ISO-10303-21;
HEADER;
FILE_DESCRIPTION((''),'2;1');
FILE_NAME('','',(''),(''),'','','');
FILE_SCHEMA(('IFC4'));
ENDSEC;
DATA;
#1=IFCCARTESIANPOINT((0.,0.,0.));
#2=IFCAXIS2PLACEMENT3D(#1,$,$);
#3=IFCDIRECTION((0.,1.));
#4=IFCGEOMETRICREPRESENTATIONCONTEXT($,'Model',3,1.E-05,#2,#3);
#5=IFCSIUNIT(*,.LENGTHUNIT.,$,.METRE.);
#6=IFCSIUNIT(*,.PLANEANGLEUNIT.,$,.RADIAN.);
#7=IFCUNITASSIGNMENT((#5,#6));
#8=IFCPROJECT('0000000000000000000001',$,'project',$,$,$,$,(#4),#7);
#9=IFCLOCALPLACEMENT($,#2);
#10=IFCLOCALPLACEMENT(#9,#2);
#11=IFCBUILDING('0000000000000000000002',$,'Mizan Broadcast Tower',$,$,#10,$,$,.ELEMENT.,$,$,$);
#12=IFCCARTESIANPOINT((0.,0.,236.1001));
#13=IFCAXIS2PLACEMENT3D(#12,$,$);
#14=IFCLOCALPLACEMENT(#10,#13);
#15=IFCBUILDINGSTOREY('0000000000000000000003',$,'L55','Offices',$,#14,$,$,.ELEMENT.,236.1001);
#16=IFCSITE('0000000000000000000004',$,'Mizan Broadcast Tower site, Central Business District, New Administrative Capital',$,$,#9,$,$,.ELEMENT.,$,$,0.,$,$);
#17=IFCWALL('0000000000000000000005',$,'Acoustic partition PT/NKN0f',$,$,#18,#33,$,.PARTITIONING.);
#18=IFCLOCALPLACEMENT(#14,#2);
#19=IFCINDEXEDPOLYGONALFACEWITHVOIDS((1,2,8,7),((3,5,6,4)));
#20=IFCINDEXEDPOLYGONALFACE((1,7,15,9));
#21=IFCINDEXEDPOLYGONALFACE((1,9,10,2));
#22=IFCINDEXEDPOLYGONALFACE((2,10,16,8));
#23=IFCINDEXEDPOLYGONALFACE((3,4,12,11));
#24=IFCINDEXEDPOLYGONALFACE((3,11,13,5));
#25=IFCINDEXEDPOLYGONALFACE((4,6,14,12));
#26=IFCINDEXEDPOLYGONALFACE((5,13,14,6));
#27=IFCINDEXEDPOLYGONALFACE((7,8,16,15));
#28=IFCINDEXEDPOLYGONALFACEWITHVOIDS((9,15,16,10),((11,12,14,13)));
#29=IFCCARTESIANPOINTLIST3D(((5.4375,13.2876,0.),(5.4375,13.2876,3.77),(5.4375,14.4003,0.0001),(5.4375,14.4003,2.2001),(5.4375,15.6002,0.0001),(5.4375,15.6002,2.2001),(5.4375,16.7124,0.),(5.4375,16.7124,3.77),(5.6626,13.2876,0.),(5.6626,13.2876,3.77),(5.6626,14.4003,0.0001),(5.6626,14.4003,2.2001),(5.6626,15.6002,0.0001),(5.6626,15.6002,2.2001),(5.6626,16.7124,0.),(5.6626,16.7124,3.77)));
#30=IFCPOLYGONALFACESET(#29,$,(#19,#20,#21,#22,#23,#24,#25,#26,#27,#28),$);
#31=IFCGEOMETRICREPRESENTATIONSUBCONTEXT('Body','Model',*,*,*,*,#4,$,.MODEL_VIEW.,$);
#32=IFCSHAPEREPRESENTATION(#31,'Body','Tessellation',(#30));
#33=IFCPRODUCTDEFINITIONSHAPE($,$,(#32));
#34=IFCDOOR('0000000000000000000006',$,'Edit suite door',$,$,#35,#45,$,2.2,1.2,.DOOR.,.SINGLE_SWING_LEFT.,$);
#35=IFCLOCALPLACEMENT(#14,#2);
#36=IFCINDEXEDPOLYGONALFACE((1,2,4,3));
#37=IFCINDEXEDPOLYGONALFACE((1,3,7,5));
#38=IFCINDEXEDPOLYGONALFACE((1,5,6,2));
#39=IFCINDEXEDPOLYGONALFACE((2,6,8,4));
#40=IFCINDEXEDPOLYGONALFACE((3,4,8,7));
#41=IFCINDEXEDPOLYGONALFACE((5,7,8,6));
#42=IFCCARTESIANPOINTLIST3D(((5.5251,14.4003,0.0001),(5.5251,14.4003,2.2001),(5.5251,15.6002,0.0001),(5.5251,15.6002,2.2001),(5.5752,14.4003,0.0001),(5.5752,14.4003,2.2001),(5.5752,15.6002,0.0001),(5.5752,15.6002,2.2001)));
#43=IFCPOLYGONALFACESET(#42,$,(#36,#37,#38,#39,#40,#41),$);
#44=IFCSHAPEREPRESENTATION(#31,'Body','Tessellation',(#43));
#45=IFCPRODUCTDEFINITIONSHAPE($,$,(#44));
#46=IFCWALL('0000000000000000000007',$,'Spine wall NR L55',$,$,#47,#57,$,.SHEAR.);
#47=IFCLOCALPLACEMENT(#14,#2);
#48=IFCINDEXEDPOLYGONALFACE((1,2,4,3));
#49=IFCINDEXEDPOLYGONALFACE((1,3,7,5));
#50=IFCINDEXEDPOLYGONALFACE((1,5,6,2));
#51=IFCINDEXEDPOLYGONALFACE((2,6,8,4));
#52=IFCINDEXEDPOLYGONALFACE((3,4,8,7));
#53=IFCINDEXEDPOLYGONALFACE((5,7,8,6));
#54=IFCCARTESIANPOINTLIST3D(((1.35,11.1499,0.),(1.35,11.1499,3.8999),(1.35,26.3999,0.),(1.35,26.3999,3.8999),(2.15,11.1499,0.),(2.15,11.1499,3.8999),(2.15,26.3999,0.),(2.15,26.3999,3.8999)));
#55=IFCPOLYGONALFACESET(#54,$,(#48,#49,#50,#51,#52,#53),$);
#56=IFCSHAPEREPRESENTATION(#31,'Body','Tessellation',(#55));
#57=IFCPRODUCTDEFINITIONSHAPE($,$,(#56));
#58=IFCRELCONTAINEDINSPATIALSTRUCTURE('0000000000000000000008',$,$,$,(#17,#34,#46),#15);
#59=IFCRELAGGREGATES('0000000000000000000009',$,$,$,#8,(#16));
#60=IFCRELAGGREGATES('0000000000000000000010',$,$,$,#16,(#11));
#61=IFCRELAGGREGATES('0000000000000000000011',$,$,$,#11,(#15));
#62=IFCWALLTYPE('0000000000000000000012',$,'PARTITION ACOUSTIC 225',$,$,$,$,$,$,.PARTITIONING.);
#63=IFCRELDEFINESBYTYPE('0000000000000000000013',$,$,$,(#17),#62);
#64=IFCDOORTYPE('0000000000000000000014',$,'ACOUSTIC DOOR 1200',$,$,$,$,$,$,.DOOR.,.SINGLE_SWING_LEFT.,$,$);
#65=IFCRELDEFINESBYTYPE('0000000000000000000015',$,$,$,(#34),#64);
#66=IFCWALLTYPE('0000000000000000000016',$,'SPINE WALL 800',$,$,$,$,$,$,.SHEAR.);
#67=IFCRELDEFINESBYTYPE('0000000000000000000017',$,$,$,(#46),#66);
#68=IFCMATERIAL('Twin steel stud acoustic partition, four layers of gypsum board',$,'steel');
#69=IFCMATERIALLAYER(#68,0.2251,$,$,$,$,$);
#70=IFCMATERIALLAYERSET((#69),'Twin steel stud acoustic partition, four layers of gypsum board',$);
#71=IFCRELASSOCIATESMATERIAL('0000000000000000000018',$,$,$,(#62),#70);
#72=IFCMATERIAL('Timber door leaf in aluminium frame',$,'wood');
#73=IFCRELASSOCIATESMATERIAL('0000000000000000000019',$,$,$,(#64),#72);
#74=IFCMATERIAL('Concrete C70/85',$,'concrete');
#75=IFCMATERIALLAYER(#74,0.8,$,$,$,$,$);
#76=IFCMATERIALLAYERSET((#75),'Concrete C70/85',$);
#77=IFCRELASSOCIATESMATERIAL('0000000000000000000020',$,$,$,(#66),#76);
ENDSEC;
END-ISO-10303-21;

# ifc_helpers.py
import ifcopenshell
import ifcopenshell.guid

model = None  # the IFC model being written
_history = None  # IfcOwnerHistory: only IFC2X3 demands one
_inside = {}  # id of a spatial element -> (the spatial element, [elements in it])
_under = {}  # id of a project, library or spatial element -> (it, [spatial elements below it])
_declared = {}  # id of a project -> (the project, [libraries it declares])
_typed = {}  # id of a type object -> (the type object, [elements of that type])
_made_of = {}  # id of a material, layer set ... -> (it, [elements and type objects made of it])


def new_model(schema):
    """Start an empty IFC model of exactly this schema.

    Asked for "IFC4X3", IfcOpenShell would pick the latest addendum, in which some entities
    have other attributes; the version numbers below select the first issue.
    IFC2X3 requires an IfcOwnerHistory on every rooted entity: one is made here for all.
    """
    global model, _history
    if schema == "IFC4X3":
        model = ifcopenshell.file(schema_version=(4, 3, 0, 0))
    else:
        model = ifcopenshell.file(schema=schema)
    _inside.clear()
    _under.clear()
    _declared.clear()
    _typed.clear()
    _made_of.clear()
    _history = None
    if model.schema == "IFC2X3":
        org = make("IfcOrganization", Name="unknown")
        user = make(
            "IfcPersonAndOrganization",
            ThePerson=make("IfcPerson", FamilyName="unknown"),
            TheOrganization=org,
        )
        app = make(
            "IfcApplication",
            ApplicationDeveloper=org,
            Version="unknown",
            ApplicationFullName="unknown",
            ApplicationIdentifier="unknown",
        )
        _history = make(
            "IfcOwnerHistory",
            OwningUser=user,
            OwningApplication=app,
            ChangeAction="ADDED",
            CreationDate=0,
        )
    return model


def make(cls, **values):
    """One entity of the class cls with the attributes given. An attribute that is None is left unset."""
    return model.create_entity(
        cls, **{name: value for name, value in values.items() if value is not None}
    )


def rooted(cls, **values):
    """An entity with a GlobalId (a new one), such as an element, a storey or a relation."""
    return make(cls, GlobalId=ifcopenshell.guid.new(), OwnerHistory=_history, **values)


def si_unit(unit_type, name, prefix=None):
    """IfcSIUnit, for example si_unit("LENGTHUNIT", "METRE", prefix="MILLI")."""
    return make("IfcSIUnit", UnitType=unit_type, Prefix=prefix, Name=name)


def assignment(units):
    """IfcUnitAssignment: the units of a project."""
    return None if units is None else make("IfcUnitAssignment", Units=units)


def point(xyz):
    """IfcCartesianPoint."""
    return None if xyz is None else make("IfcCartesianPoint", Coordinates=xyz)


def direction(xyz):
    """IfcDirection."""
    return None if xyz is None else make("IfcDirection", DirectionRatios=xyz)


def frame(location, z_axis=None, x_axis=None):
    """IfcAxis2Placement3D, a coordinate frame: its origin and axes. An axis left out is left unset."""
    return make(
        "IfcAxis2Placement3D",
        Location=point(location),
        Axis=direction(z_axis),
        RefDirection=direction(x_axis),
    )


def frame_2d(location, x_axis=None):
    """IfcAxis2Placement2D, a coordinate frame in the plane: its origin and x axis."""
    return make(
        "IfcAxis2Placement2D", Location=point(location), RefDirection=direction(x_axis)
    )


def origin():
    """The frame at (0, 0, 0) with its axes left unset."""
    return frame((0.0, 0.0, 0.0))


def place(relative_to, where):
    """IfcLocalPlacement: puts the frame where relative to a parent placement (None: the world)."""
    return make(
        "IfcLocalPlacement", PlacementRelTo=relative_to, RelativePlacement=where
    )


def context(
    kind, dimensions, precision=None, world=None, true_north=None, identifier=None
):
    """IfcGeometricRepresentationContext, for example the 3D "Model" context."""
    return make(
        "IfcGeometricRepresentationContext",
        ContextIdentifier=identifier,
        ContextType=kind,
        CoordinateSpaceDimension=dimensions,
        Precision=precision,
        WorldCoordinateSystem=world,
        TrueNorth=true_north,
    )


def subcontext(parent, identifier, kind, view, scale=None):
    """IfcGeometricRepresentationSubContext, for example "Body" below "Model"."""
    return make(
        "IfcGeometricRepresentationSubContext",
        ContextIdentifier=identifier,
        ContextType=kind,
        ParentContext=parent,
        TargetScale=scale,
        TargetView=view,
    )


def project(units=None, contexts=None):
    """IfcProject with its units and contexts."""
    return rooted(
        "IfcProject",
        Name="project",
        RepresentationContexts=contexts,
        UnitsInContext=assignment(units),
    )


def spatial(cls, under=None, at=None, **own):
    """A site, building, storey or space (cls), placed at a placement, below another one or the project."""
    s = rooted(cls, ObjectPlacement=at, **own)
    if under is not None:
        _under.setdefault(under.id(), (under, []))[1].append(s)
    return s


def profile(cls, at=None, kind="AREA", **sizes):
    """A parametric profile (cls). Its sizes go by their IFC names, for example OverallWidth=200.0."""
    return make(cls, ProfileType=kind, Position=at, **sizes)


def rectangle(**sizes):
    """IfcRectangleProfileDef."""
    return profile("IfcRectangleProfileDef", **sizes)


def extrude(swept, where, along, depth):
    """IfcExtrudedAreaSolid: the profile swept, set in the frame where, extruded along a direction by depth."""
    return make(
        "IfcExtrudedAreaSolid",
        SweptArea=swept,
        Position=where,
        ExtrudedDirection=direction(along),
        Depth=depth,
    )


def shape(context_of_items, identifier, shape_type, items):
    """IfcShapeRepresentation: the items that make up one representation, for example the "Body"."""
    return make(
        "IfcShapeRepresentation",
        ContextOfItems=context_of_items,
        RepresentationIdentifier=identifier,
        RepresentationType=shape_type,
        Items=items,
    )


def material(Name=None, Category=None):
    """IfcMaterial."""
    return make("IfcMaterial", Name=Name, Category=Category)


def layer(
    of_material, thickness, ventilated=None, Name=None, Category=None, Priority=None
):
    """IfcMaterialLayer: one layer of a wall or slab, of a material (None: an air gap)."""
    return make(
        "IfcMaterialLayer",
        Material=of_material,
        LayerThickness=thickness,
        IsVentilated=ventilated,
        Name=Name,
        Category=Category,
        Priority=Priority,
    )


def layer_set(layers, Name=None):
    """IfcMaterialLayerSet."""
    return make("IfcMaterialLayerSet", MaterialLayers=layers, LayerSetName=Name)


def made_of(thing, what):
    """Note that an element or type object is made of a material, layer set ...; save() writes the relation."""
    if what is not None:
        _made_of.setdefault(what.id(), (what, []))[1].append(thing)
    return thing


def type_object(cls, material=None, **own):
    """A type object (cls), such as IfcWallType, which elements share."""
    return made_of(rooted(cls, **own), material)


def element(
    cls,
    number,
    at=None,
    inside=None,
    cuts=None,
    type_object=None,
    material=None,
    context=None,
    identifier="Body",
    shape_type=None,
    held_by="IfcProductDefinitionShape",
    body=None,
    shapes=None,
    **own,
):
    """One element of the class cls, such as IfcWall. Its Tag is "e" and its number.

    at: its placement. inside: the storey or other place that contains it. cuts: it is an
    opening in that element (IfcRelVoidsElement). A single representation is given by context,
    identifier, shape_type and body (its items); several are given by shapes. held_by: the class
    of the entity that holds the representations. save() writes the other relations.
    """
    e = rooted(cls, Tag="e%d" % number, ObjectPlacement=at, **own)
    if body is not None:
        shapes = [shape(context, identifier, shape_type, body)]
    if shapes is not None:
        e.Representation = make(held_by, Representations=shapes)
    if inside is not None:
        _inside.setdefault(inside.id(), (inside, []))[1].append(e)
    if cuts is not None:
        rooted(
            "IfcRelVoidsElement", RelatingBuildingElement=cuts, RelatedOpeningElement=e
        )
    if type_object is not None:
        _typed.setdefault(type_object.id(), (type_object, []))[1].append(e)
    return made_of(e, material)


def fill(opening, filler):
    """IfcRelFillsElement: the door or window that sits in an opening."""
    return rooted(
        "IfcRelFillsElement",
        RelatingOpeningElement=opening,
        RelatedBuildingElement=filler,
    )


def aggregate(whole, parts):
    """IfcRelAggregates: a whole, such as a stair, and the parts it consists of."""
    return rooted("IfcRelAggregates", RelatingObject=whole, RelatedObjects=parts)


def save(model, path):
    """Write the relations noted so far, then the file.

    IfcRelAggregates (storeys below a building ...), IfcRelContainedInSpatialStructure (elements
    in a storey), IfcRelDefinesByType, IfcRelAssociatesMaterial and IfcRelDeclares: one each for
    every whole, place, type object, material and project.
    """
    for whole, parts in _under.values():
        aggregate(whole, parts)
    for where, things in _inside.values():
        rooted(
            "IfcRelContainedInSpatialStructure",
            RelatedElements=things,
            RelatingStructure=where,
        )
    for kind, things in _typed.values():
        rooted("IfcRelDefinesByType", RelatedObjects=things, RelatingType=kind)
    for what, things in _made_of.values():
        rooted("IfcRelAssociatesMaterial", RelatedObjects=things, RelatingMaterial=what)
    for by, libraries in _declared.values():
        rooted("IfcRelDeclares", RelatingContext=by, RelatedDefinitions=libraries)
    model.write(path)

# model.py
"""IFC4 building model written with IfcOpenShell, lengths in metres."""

from ifc_helpers import new_model, si_unit, direction, frame, frame_2d, origin, place, context, subcontext, project, spatial, rectangle, extrude, material, layer, layer_set, type_object, element, fill, save


model = new_model("IFC4")

# Units and contexts
model_context = context("Model", 3, precision=1e-05, world=origin(), true_north=direction((0.0, 1.0)))
body_context = subcontext(model_context, "Body", "Model", "MODEL_VIEW")
ifc_project = project(units=[si_unit("LENGTHUNIT", "METRE"), si_unit("PLANEANGLEUNIT", "RADIAN")], contexts=[model_context])

# Site, building, storey
site_placement = place(None, origin())
site = spatial("IfcSite", under=ifc_project, at=site_placement, Name="Mizan Broadcast Tower site, Central Business District, New Administrative Capital", CompositionType="ELEMENT", RefElevation=0.0)
building_placement = place(site_placement, origin())
building = spatial("IfcBuilding", under=site, at=building_placement, Name="Mizan Broadcast Tower", CompositionType="ELEMENT")
storey_placement = place(building_placement, frame((0.0, 0.0, 236.1001)))
storey = spatial("IfcBuildingStorey", under=building, at=storey_placement, Name="L55", Description="Offices", CompositionType="ELEMENT", Elevation=236.1001)

# Shared definitions
ifc_material_1 = material(Name="Twin steel stud acoustic partition, four layers of gypsum board", Category="steel")
ifc_layer_1 = layer(ifc_material_1, 0.2251)
ifc_layer_set_1 = layer_set([ifc_layer_1], Name="Twin steel stud acoustic partition, four layers of gypsum board")
wall_type_1 = type_object("IfcWallType", Name="PARTITION ACOUSTIC 225", PredefinedType="PARTITIONING", material=ifc_layer_set_1)

# Wall, opening, door
wall_1_placement = place(storey_placement, frame((5.55, 13.2876, 0.0), z_axis=(0.0, 0.0, 1.0), x_axis=(0.0, 1.0, 0.0)))
wall_1 = element("IfcWall", 1, at=wall_1_placement, inside=storey, type_object=wall_type_1, Name="Acoustic partition PT/NKN0f", PredefinedType="PARTITIONING", context=body_context, shape_type="SweptSolid", body=[
    extrude(rectangle(XDim=3.4248, YDim=0.2251, at=frame_2d((1.7124, 0.0))), origin(), (0.0, 0.0, 1.0), 3.77),
])
opening_1_placement = place(wall_1_placement, frame((1.1125, 0.0, 0.0)))
opening_1 = element("IfcOpeningElement", 2, at=opening_1_placement, cuts=wall_1, PredefinedType="OPENING", context=body_context, shape_type="SweptSolid", body=[
    extrude(rectangle(XDim=1.2, YDim=2.2, at=frame_2d((0.6001, 1.1001))), frame((0.0, 0.1226, 0.0), z_axis=(0.0, -1.0, 0.0), x_axis=(1.0, 0.0, 0.0)), (0.0, 0.0, 1.0), 0.2451),
])
ifc_material_2 = material(Name="Timber door leaf in aluminium frame", Category="wood")
door_type_1 = type_object("IfcDoorType", Name="ACOUSTIC DOOR 1200", OperationType="SINGLE_SWING_LEFT", PredefinedType="DOOR", material=ifc_material_2)
door_1_placement = place(opening_1_placement, origin())
door_1 = element("IfcDoor", 3, at=door_1_placement, inside=storey, type_object=door_type_1, Name="Edit suite door", OperationType="SINGLE_SWING_LEFT", OverallHeight=2.2, OverallWidth=1.2, PredefinedType="DOOR", context=body_context, shape_type="SweptSolid", body=[
    extrude(rectangle(XDim=1.2, YDim=2.2, at=frame_2d((0.6001, 1.1001))), frame((0.0, 0.0249, 0.0), z_axis=(0.0, -1.0, 0.0), x_axis=(1.0, 0.0, 0.0)), (0.0, 0.0, 1.0), 0.05),
])
fill(opening_1, door_1)

# Wall
ifc_material_3 = material(Name="Concrete C70/85", Category="concrete")
ifc_layer_2 = layer(ifc_material_3, 0.8)
ifc_layer_set_2 = layer_set([ifc_layer_2], Name="Concrete C70/85")
wall_type_2 = type_object("IfcWallType", Name="SPINE WALL 800", PredefinedType="SHEAR", material=ifc_layer_set_2)
wall_2_placement = place(storey_placement, frame((1.75, 11.1499, 0.0), z_axis=(0.0, 0.0, 1.0), x_axis=(0.0, 1.0, 0.0)))
element("IfcWall", 4, at=wall_2_placement, inside=storey, type_object=wall_type_2, Name="Spine wall NR L55", PredefinedType="SHEAR", context=body_context, shape_type="SweptSolid", body=[
    extrude(rectangle(XDim=15.25, YDim=0.8, at=frame_2d((7.625, 0.0))), origin(), (0.0, 0.0, 1.0), 3.8999),
])

save(model, "model.ifc")
